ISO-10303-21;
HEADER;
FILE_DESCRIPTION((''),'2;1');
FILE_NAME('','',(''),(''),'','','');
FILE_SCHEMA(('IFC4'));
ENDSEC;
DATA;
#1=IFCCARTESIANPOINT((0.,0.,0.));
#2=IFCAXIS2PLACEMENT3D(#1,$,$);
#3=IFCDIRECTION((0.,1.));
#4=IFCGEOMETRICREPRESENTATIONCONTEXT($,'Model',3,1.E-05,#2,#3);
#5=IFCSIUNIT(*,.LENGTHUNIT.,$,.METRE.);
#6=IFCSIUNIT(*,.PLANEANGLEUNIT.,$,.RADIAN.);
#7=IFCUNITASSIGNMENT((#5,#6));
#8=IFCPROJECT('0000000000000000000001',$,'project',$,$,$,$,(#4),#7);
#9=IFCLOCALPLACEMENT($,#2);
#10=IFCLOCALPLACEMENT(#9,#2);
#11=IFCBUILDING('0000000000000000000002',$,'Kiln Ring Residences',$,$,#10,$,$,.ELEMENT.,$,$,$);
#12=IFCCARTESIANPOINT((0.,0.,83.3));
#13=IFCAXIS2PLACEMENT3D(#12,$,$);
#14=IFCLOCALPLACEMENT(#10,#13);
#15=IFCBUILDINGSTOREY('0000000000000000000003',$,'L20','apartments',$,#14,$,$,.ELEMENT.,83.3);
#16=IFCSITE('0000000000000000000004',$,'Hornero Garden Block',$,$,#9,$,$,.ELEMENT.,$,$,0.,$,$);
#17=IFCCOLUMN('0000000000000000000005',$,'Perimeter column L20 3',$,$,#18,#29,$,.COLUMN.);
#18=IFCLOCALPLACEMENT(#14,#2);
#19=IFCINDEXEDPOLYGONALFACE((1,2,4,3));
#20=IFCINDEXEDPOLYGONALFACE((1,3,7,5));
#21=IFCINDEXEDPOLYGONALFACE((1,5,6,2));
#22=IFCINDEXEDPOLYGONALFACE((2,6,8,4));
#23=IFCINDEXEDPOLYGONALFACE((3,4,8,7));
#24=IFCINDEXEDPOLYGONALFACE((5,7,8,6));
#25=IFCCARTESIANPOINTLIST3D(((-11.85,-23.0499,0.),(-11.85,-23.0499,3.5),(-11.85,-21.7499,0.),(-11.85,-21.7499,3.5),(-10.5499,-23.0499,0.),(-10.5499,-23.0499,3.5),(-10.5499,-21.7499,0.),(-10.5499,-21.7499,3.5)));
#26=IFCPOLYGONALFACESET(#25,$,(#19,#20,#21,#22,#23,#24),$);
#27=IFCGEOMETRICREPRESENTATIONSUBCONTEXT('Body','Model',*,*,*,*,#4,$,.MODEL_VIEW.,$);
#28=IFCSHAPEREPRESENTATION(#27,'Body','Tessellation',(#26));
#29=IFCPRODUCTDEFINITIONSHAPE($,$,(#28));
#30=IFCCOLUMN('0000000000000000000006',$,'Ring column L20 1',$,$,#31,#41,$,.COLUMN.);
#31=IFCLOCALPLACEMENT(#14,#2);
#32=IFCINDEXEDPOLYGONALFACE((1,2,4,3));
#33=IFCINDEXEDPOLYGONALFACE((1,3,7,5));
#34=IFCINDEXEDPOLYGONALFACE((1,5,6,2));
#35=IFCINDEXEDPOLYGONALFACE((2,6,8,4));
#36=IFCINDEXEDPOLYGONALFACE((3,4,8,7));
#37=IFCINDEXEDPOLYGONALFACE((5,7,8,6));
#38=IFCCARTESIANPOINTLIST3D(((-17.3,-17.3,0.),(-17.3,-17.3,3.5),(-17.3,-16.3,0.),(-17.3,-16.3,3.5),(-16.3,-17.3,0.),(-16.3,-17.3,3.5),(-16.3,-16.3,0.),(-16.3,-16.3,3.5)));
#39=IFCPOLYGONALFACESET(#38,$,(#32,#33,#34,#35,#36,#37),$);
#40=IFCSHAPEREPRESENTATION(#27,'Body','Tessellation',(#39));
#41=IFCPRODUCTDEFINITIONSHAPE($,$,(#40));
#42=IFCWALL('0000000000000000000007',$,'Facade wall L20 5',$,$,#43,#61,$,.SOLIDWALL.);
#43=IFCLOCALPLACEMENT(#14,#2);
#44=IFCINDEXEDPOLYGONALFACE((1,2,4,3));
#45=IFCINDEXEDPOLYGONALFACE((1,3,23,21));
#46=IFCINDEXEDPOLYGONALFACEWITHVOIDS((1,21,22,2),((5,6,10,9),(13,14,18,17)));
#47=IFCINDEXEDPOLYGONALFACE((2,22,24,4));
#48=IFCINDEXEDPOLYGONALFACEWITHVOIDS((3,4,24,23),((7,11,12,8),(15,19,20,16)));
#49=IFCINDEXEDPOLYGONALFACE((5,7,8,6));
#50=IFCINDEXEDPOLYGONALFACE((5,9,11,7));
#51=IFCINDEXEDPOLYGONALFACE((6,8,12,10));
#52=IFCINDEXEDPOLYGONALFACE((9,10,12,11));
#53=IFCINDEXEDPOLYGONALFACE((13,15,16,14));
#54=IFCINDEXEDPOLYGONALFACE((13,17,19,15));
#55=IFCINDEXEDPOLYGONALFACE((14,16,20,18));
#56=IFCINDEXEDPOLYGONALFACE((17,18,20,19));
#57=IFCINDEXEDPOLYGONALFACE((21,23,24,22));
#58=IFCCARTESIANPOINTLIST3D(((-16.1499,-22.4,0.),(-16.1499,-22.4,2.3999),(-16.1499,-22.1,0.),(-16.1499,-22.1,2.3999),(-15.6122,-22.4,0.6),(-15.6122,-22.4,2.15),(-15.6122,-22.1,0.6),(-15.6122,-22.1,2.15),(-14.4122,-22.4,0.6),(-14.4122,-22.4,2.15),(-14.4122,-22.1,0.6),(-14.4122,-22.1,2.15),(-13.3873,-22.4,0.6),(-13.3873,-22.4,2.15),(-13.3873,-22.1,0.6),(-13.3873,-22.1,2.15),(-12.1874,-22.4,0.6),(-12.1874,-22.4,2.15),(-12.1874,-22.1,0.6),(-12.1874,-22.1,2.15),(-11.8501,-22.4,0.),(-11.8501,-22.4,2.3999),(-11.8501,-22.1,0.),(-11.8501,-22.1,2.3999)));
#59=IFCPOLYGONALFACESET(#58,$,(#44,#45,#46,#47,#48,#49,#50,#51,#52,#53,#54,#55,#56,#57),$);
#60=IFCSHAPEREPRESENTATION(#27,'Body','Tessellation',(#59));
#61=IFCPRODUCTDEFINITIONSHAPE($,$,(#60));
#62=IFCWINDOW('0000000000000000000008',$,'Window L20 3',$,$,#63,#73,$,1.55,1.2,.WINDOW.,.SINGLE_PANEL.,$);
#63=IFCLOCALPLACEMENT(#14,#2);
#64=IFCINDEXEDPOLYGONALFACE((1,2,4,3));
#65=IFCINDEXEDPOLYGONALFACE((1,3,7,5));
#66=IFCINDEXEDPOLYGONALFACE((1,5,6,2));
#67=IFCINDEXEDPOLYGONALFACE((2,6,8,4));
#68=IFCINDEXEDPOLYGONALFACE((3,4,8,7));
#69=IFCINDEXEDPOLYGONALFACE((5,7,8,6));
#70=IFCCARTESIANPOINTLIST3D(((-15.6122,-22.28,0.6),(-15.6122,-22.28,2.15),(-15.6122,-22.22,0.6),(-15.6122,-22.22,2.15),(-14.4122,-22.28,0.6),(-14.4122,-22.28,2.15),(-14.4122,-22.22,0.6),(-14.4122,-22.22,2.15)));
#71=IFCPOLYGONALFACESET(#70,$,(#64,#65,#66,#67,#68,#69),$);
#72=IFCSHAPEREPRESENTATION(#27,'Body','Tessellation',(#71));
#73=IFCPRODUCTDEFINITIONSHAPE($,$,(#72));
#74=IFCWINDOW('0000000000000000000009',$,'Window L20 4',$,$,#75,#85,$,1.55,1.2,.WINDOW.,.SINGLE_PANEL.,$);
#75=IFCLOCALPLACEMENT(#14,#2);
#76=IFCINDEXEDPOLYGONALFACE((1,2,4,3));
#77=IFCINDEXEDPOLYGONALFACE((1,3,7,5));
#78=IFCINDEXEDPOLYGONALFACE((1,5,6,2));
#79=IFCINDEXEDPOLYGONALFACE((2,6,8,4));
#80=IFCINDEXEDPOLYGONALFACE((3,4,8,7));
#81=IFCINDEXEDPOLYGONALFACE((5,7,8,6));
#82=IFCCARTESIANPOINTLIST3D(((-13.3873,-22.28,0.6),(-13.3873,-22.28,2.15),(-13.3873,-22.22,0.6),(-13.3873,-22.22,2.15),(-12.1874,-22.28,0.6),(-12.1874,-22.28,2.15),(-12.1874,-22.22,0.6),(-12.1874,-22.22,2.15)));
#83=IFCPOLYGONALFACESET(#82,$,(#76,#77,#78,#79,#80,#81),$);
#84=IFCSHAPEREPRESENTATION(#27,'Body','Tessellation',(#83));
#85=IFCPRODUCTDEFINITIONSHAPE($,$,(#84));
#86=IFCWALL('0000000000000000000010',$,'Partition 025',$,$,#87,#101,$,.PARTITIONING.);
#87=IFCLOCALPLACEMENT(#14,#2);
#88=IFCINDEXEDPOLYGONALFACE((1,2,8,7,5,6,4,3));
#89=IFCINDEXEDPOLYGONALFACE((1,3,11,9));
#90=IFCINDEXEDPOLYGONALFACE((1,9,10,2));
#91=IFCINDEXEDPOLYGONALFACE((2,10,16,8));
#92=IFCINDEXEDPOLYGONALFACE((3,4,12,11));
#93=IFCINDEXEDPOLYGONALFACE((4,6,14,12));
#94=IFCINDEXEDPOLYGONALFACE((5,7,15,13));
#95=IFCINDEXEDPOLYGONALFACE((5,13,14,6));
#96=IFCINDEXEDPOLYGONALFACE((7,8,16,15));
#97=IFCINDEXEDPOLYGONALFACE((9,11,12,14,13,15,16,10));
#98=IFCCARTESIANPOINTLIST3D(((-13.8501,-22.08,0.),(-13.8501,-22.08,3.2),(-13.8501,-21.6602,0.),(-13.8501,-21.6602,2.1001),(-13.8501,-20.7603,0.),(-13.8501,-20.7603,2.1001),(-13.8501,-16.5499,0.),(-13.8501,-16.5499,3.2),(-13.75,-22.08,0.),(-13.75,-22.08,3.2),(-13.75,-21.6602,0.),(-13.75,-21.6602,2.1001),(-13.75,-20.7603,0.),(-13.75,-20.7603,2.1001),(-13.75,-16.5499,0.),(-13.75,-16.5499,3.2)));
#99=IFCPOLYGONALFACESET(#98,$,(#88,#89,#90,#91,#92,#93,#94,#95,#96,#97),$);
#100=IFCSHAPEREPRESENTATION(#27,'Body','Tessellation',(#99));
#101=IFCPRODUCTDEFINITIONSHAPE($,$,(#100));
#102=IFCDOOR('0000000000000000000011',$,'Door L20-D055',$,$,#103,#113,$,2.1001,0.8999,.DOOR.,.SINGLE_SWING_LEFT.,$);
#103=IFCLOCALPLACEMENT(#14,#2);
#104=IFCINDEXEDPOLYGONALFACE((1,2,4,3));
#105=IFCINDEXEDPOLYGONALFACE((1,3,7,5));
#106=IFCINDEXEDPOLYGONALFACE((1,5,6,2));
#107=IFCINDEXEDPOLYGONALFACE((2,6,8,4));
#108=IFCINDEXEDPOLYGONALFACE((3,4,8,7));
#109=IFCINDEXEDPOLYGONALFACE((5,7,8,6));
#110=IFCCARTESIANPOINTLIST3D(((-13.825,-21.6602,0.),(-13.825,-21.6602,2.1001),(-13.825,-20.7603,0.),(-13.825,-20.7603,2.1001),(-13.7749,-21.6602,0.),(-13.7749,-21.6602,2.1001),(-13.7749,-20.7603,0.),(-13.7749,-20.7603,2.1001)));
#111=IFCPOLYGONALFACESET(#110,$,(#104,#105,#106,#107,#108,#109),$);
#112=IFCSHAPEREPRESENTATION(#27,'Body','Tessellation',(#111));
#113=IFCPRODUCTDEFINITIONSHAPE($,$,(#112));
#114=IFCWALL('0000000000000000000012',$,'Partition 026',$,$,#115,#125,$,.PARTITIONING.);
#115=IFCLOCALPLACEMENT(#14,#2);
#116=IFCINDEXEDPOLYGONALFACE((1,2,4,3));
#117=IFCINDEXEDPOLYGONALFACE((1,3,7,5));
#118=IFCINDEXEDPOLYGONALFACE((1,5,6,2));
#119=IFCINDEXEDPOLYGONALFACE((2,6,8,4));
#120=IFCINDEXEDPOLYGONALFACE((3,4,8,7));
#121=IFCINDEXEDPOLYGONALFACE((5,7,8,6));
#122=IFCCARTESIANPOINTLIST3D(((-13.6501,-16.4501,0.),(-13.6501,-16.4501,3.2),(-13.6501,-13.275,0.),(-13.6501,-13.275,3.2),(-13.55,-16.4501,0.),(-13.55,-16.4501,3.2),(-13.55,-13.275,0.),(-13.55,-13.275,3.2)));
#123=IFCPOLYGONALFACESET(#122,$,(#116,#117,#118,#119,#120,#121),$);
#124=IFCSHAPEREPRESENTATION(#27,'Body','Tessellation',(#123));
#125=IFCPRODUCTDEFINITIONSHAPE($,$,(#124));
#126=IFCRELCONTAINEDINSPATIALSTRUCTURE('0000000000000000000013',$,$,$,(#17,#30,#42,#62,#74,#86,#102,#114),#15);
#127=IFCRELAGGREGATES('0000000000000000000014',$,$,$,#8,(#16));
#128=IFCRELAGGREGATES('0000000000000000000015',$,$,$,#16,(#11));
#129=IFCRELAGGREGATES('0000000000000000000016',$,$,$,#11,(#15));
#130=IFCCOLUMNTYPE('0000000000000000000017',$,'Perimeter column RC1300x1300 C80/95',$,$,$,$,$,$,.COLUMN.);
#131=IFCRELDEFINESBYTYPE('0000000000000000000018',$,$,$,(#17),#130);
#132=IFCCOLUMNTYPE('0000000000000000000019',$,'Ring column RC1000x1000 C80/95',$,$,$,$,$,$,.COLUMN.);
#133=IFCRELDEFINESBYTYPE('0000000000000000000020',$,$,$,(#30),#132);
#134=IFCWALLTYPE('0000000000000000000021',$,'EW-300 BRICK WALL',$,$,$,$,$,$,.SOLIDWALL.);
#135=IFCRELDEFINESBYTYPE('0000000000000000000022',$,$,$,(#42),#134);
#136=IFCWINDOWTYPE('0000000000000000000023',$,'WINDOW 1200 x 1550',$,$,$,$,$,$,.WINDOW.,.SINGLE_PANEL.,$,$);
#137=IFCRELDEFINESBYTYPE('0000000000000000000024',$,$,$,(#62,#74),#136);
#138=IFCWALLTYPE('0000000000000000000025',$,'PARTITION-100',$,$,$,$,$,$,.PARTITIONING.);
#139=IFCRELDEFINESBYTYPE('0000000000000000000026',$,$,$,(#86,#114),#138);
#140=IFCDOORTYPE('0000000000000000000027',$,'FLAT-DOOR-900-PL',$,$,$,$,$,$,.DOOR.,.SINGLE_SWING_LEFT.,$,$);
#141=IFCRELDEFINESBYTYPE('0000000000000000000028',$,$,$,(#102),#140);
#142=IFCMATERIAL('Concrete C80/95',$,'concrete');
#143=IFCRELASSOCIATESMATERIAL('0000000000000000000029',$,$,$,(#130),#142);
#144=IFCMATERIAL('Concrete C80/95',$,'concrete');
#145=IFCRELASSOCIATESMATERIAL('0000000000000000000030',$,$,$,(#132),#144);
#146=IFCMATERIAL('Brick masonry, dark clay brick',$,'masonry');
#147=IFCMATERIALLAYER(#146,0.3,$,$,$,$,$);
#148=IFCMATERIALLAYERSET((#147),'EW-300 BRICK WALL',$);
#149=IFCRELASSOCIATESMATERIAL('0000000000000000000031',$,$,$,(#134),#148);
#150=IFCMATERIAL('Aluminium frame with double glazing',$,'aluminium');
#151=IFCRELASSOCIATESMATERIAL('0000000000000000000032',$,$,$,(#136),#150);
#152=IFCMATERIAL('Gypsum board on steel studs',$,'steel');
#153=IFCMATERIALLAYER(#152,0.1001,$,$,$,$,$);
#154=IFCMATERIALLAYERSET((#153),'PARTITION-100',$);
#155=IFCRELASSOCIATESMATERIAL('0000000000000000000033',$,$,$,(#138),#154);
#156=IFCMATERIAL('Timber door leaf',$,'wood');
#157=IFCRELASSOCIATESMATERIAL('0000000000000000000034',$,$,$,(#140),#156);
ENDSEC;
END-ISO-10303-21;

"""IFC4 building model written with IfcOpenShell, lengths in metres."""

from ifc_helpers import new_model, si_unit, direction, frame, frame_2d, origin, origin_2d, place, context, subcontext, project, spatial, rectangle, extrude, material, layer, layer_set, material_profile, profile_set, type_object, element, fill, save


model = new_model("IFC4")

# Units and contexts
model_context = context("Model", 3, precision=1e-05, world=origin(), true_north=direction((0.0, 1.0)))
body_context = subcontext(model_context, "Body", "Model", "MODEL_VIEW")
ifc_project = project(units=[si_unit("LENGTHUNIT", "METRE"), si_unit("PLANEANGLEUNIT", "RADIAN")], contexts=[model_context])

# Site, building, storey
site_placement = place(None, origin())
site = spatial("IfcSite", under=ifc_project, at=site_placement, Name="Hornero Garden Block", CompositionType="ELEMENT", RefElevation=0.0)
building_placement = place(site_placement, origin())
building = spatial("IfcBuilding", under=site, at=building_placement, Name="Kiln Ring Residences", CompositionType="ELEMENT")
storey_placement = place(building_placement, frame((0.0, 0.0, 83.3)))
storey = spatial("IfcBuildingStorey", under=building, at=storey_placement, Name="L20", Description="apartments", CompositionType="ELEMENT", Elevation=83.3)

# Columns
ifc_material_1 = material(Name="Concrete C80/95", Category="concrete")
ifc_material_profile_1 = material_profile(ifc_material_1, rectangle(XDim=1.3, YDim=1.3, at=origin_2d()), Name="RC1300x1300")
ifc_profile_set_1 = profile_set([ifc_material_profile_1], Name="Concrete C80/95")
column_type_1 = type_object("IfcColumnType", Name="Perimeter column RC1300x1300 C80/95", PredefinedType="COLUMN", material=ifc_profile_set_1)
column_1_placement = place(storey_placement, frame((-11.2, -22.3999, 0.0), z_axis=(0.0, 0.0, 1.0), x_axis=(1.0, 0.0, 0.0)))
element("IfcColumn", 1, at=column_1_placement, inside=storey, type_object=column_type_1, Name="Perimeter column L20 3", PredefinedType="COLUMN", context=body_context, shape_type="SweptSolid", body=[
    extrude(rectangle(XDim=1.3, YDim=1.3, at=origin_2d()), origin(), (0.0, 0.0, 1.0), 3.5),
])
ifc_material_2 = material(Name="Concrete C80/95", Category="concrete")
ifc_material_profile_2 = material_profile(ifc_material_2, rectangle(XDim=1.0, YDim=1.0, at=origin_2d()), Name="RC1000x1000")
ifc_profile_set_2 = profile_set([ifc_material_profile_2], Name="Concrete C80/95")
column_type_2 = type_object("IfcColumnType", Name="Ring column RC1000x1000 C80/95", PredefinedType="COLUMN", material=ifc_profile_set_2)
column_2_placement = place(storey_placement, frame((-16.8, -16.8, 0.0), z_axis=(0.0, 0.0, 1.0), x_axis=(1.0, 0.0, 0.0)))
element("IfcColumn", 2, at=column_2_placement, inside=storey, type_object=column_type_2, Name="Ring column L20 1", PredefinedType="COLUMN", context=body_context, shape_type="SweptSolid", body=[
    extrude(rectangle(XDim=1.0, YDim=1.0, at=origin_2d()), origin(), (0.0, 0.0, 1.0), 3.5),
])

# Wall, openings, windows
ifc_material_3 = material(Name="Brick masonry, dark clay brick", Category="masonry")
ifc_layer_1 = layer(ifc_material_3, 0.3)
ifc_layer_set_1 = layer_set([ifc_layer_1], Name="EW-300 BRICK WALL")
wall_type_1 = type_object("IfcWallType", Name="EW-300 BRICK WALL", PredefinedType="SOLIDWALL", material=ifc_layer_set_1)
wall_1_placement = place(storey_placement, frame((-16.1499, -22.25, 0.0), z_axis=(0.0, 0.0, 1.0), x_axis=(1.0, 0.0, 0.0)))
wall_1 = element("IfcWall", 3, at=wall_1_placement, inside=storey, type_object=wall_type_1, Name="Facade wall L20 5", PredefinedType="SOLIDWALL", context=body_context, shape_type="SweptSolid", body=[
    extrude(rectangle(XDim=4.2998, YDim=0.3, at=frame_2d((2.1499, 0.0))), origin(), (0.0, 0.0, 1.0), 2.3999),
])
opening_1_placement = place(wall_1_placement, frame((0.5376, 0.0, 0.6001)))
opening_1 = element("IfcOpeningElement", 4, at=opening_1_placement, cuts=wall_1, PredefinedType="OPENING", context=body_context, shape_type="SweptSolid", body=[
    extrude(rectangle(XDim=1.2, YDim=1.55, at=frame_2d((0.6001, 0.7749))), frame((0.0, 0.1599, 0.0), z_axis=(0.0, -1.0, 0.0), x_axis=(1.0, 0.0, 0.0)), (0.0, 0.0, 1.0), 0.3201),
])
opening_2_placement = place(wall_1_placement, frame((2.7625, 0.0, 0.6001)))
opening_2 = element("IfcOpeningElement", 5, at=opening_2_placement, cuts=wall_1, PredefinedType="OPENING", context=body_context, shape_type="SweptSolid", body=[
    extrude(rectangle(XDim=1.2, YDim=1.55, at=frame_2d((0.6001, 0.7749))), frame((0.0, 0.1599, 0.0), z_axis=(0.0, -1.0, 0.0), x_axis=(1.0, 0.0, 0.0)), (0.0, 0.0, 1.0), 0.3201),
])
ifc_material_4 = material(Name="Aluminium frame with double glazing", Category="aluminium")
window_type = type_object("IfcWindowType", Name="WINDOW 1200 x 1550", PartitioningType="SINGLE_PANEL", PredefinedType="WINDOW", material=ifc_material_4)
window_1_placement = place(opening_1_placement, origin())
window_1 = element("IfcWindow", 6, at=window_1_placement, inside=storey, type_object=window_type, Name="Window L20 3", OverallHeight=1.55, OverallWidth=1.2, PartitioningType="SINGLE_PANEL", PredefinedType="WINDOW", context=body_context, shape_type="SweptSolid", body=[
    extrude(rectangle(XDim=1.2, YDim=1.55, at=frame_2d((0.6001, 0.7749))), frame((0.0, 0.03, 0.0), z_axis=(0.0, -1.0, 0.0), x_axis=(1.0, 0.0, 0.0)), (0.0, 0.0, 1.0), 0.0601),
])
fill(opening_1, window_1)
window_2_placement = place(opening_2_placement, origin())
window_2 = element("IfcWindow", 7, at=window_2_placement, inside=storey, type_object=window_type, Name="Window L20 4", OverallHeight=1.55, OverallWidth=1.2, PartitioningType="SINGLE_PANEL", PredefinedType="WINDOW", context=body_context, shape_type="SweptSolid", body=[
    extrude(rectangle(XDim=1.2, YDim=1.55, at=frame_2d((0.6001, 0.7749))), frame((0.0, 0.03, 0.0), z_axis=(0.0, -1.0, 0.0), x_axis=(1.0, 0.0, 0.0)), (0.0, 0.0, 1.0), 0.0601),
])
fill(opening_2, window_2)

# Shared definitions
ifc_material_5 = material(Name="Gypsum board on steel studs", Category="steel")
ifc_layer_2 = layer(ifc_material_5, 0.1001)
ifc_layer_set_2 = layer_set([ifc_layer_2], Name="PARTITION-100")
wall_type_2 = type_object("IfcWallType", Name="PARTITION-100", PredefinedType="PARTITIONING", material=ifc_layer_set_2)
ifc_material_6 = material(Name="Timber door leaf", Category="wood")
door_type_1 = type_object("IfcDoorType", Name="FLAT-DOOR-900-PL", OperationType="SINGLE_SWING_LEFT", PredefinedType="DOOR", material=ifc_material_6)

# Wall, opening, door
wall_2_placement = place(storey_placement, frame((-13.8, -22.0801, 0.0), z_axis=(0.0, 0.0, 1.0), x_axis=(0.0, 1.0, 0.0)))
wall_2 = element("IfcWall", 8, at=wall_2_placement, inside=storey, type_object=wall_type_2, Name="Partition 025", PredefinedType="PARTITIONING", context=body_context, shape_type="SweptSolid", body=[
    extrude(rectangle(XDim=5.53, YDim=0.1001, at=frame_2d((2.7651, 0.0))), origin(), (0.0, 0.0, 1.0), 3.2),
])
opening_3_placement = place(wall_2_placement, frame((0.4199, 0.0, 0.0)))
opening_3 = element("IfcOpeningElement", 9, at=opening_3_placement, cuts=wall_2, PredefinedType="OPENING", context=body_context, shape_type="SweptSolid", body=[
    extrude(rectangle(XDim=0.8999, YDim=2.1001, at=frame_2d((0.45, 1.05))), frame((0.0, 0.0601, 0.0), z_axis=(0.0, -1.0, 0.0), x_axis=(1.0, 0.0, 0.0)), (0.0, 0.0, 1.0), 0.1201),
])
door_1_placement = place(opening_3_placement, origin())
door_1 = element("IfcDoor", 10, at=door_1_placement, inside=storey, type_object=door_type_1, Name="Door L20-D055", OperationType="SINGLE_SWING_LEFT", OverallHeight=2.1001, OverallWidth=0.8999, PredefinedType="DOOR", context=body_context, shape_type="SweptSolid", body=[
    extrude(rectangle(XDim=0.8999, YDim=2.1001, at=frame_2d((0.45, 1.05))), frame((0.0, 0.0249, 0.0), z_axis=(0.0, -1.0, 0.0), x_axis=(1.0, 0.0, 0.0)), (0.0, 0.0, 1.0), 0.05),
])
fill(opening_3, door_1)

# Wall
wall_3_placement = place(storey_placement, frame((-13.6001, -16.45, 0.0), z_axis=(0.0, 0.0, 1.0), x_axis=(0.0, 1.0, 0.0)))
element("IfcWall", 11, at=wall_3_placement, inside=storey, type_object=wall_type_2, Name="Partition 026", PredefinedType="PARTITIONING", context=body_context, shape_type="SweptSolid", body=[
    extrude(rectangle(XDim=3.175, YDim=0.1001, at=frame_2d((1.5874, 0.0))), origin(), (0.0, 0.0, 1.0), 3.2),
])

save(model, "model.ifc")
